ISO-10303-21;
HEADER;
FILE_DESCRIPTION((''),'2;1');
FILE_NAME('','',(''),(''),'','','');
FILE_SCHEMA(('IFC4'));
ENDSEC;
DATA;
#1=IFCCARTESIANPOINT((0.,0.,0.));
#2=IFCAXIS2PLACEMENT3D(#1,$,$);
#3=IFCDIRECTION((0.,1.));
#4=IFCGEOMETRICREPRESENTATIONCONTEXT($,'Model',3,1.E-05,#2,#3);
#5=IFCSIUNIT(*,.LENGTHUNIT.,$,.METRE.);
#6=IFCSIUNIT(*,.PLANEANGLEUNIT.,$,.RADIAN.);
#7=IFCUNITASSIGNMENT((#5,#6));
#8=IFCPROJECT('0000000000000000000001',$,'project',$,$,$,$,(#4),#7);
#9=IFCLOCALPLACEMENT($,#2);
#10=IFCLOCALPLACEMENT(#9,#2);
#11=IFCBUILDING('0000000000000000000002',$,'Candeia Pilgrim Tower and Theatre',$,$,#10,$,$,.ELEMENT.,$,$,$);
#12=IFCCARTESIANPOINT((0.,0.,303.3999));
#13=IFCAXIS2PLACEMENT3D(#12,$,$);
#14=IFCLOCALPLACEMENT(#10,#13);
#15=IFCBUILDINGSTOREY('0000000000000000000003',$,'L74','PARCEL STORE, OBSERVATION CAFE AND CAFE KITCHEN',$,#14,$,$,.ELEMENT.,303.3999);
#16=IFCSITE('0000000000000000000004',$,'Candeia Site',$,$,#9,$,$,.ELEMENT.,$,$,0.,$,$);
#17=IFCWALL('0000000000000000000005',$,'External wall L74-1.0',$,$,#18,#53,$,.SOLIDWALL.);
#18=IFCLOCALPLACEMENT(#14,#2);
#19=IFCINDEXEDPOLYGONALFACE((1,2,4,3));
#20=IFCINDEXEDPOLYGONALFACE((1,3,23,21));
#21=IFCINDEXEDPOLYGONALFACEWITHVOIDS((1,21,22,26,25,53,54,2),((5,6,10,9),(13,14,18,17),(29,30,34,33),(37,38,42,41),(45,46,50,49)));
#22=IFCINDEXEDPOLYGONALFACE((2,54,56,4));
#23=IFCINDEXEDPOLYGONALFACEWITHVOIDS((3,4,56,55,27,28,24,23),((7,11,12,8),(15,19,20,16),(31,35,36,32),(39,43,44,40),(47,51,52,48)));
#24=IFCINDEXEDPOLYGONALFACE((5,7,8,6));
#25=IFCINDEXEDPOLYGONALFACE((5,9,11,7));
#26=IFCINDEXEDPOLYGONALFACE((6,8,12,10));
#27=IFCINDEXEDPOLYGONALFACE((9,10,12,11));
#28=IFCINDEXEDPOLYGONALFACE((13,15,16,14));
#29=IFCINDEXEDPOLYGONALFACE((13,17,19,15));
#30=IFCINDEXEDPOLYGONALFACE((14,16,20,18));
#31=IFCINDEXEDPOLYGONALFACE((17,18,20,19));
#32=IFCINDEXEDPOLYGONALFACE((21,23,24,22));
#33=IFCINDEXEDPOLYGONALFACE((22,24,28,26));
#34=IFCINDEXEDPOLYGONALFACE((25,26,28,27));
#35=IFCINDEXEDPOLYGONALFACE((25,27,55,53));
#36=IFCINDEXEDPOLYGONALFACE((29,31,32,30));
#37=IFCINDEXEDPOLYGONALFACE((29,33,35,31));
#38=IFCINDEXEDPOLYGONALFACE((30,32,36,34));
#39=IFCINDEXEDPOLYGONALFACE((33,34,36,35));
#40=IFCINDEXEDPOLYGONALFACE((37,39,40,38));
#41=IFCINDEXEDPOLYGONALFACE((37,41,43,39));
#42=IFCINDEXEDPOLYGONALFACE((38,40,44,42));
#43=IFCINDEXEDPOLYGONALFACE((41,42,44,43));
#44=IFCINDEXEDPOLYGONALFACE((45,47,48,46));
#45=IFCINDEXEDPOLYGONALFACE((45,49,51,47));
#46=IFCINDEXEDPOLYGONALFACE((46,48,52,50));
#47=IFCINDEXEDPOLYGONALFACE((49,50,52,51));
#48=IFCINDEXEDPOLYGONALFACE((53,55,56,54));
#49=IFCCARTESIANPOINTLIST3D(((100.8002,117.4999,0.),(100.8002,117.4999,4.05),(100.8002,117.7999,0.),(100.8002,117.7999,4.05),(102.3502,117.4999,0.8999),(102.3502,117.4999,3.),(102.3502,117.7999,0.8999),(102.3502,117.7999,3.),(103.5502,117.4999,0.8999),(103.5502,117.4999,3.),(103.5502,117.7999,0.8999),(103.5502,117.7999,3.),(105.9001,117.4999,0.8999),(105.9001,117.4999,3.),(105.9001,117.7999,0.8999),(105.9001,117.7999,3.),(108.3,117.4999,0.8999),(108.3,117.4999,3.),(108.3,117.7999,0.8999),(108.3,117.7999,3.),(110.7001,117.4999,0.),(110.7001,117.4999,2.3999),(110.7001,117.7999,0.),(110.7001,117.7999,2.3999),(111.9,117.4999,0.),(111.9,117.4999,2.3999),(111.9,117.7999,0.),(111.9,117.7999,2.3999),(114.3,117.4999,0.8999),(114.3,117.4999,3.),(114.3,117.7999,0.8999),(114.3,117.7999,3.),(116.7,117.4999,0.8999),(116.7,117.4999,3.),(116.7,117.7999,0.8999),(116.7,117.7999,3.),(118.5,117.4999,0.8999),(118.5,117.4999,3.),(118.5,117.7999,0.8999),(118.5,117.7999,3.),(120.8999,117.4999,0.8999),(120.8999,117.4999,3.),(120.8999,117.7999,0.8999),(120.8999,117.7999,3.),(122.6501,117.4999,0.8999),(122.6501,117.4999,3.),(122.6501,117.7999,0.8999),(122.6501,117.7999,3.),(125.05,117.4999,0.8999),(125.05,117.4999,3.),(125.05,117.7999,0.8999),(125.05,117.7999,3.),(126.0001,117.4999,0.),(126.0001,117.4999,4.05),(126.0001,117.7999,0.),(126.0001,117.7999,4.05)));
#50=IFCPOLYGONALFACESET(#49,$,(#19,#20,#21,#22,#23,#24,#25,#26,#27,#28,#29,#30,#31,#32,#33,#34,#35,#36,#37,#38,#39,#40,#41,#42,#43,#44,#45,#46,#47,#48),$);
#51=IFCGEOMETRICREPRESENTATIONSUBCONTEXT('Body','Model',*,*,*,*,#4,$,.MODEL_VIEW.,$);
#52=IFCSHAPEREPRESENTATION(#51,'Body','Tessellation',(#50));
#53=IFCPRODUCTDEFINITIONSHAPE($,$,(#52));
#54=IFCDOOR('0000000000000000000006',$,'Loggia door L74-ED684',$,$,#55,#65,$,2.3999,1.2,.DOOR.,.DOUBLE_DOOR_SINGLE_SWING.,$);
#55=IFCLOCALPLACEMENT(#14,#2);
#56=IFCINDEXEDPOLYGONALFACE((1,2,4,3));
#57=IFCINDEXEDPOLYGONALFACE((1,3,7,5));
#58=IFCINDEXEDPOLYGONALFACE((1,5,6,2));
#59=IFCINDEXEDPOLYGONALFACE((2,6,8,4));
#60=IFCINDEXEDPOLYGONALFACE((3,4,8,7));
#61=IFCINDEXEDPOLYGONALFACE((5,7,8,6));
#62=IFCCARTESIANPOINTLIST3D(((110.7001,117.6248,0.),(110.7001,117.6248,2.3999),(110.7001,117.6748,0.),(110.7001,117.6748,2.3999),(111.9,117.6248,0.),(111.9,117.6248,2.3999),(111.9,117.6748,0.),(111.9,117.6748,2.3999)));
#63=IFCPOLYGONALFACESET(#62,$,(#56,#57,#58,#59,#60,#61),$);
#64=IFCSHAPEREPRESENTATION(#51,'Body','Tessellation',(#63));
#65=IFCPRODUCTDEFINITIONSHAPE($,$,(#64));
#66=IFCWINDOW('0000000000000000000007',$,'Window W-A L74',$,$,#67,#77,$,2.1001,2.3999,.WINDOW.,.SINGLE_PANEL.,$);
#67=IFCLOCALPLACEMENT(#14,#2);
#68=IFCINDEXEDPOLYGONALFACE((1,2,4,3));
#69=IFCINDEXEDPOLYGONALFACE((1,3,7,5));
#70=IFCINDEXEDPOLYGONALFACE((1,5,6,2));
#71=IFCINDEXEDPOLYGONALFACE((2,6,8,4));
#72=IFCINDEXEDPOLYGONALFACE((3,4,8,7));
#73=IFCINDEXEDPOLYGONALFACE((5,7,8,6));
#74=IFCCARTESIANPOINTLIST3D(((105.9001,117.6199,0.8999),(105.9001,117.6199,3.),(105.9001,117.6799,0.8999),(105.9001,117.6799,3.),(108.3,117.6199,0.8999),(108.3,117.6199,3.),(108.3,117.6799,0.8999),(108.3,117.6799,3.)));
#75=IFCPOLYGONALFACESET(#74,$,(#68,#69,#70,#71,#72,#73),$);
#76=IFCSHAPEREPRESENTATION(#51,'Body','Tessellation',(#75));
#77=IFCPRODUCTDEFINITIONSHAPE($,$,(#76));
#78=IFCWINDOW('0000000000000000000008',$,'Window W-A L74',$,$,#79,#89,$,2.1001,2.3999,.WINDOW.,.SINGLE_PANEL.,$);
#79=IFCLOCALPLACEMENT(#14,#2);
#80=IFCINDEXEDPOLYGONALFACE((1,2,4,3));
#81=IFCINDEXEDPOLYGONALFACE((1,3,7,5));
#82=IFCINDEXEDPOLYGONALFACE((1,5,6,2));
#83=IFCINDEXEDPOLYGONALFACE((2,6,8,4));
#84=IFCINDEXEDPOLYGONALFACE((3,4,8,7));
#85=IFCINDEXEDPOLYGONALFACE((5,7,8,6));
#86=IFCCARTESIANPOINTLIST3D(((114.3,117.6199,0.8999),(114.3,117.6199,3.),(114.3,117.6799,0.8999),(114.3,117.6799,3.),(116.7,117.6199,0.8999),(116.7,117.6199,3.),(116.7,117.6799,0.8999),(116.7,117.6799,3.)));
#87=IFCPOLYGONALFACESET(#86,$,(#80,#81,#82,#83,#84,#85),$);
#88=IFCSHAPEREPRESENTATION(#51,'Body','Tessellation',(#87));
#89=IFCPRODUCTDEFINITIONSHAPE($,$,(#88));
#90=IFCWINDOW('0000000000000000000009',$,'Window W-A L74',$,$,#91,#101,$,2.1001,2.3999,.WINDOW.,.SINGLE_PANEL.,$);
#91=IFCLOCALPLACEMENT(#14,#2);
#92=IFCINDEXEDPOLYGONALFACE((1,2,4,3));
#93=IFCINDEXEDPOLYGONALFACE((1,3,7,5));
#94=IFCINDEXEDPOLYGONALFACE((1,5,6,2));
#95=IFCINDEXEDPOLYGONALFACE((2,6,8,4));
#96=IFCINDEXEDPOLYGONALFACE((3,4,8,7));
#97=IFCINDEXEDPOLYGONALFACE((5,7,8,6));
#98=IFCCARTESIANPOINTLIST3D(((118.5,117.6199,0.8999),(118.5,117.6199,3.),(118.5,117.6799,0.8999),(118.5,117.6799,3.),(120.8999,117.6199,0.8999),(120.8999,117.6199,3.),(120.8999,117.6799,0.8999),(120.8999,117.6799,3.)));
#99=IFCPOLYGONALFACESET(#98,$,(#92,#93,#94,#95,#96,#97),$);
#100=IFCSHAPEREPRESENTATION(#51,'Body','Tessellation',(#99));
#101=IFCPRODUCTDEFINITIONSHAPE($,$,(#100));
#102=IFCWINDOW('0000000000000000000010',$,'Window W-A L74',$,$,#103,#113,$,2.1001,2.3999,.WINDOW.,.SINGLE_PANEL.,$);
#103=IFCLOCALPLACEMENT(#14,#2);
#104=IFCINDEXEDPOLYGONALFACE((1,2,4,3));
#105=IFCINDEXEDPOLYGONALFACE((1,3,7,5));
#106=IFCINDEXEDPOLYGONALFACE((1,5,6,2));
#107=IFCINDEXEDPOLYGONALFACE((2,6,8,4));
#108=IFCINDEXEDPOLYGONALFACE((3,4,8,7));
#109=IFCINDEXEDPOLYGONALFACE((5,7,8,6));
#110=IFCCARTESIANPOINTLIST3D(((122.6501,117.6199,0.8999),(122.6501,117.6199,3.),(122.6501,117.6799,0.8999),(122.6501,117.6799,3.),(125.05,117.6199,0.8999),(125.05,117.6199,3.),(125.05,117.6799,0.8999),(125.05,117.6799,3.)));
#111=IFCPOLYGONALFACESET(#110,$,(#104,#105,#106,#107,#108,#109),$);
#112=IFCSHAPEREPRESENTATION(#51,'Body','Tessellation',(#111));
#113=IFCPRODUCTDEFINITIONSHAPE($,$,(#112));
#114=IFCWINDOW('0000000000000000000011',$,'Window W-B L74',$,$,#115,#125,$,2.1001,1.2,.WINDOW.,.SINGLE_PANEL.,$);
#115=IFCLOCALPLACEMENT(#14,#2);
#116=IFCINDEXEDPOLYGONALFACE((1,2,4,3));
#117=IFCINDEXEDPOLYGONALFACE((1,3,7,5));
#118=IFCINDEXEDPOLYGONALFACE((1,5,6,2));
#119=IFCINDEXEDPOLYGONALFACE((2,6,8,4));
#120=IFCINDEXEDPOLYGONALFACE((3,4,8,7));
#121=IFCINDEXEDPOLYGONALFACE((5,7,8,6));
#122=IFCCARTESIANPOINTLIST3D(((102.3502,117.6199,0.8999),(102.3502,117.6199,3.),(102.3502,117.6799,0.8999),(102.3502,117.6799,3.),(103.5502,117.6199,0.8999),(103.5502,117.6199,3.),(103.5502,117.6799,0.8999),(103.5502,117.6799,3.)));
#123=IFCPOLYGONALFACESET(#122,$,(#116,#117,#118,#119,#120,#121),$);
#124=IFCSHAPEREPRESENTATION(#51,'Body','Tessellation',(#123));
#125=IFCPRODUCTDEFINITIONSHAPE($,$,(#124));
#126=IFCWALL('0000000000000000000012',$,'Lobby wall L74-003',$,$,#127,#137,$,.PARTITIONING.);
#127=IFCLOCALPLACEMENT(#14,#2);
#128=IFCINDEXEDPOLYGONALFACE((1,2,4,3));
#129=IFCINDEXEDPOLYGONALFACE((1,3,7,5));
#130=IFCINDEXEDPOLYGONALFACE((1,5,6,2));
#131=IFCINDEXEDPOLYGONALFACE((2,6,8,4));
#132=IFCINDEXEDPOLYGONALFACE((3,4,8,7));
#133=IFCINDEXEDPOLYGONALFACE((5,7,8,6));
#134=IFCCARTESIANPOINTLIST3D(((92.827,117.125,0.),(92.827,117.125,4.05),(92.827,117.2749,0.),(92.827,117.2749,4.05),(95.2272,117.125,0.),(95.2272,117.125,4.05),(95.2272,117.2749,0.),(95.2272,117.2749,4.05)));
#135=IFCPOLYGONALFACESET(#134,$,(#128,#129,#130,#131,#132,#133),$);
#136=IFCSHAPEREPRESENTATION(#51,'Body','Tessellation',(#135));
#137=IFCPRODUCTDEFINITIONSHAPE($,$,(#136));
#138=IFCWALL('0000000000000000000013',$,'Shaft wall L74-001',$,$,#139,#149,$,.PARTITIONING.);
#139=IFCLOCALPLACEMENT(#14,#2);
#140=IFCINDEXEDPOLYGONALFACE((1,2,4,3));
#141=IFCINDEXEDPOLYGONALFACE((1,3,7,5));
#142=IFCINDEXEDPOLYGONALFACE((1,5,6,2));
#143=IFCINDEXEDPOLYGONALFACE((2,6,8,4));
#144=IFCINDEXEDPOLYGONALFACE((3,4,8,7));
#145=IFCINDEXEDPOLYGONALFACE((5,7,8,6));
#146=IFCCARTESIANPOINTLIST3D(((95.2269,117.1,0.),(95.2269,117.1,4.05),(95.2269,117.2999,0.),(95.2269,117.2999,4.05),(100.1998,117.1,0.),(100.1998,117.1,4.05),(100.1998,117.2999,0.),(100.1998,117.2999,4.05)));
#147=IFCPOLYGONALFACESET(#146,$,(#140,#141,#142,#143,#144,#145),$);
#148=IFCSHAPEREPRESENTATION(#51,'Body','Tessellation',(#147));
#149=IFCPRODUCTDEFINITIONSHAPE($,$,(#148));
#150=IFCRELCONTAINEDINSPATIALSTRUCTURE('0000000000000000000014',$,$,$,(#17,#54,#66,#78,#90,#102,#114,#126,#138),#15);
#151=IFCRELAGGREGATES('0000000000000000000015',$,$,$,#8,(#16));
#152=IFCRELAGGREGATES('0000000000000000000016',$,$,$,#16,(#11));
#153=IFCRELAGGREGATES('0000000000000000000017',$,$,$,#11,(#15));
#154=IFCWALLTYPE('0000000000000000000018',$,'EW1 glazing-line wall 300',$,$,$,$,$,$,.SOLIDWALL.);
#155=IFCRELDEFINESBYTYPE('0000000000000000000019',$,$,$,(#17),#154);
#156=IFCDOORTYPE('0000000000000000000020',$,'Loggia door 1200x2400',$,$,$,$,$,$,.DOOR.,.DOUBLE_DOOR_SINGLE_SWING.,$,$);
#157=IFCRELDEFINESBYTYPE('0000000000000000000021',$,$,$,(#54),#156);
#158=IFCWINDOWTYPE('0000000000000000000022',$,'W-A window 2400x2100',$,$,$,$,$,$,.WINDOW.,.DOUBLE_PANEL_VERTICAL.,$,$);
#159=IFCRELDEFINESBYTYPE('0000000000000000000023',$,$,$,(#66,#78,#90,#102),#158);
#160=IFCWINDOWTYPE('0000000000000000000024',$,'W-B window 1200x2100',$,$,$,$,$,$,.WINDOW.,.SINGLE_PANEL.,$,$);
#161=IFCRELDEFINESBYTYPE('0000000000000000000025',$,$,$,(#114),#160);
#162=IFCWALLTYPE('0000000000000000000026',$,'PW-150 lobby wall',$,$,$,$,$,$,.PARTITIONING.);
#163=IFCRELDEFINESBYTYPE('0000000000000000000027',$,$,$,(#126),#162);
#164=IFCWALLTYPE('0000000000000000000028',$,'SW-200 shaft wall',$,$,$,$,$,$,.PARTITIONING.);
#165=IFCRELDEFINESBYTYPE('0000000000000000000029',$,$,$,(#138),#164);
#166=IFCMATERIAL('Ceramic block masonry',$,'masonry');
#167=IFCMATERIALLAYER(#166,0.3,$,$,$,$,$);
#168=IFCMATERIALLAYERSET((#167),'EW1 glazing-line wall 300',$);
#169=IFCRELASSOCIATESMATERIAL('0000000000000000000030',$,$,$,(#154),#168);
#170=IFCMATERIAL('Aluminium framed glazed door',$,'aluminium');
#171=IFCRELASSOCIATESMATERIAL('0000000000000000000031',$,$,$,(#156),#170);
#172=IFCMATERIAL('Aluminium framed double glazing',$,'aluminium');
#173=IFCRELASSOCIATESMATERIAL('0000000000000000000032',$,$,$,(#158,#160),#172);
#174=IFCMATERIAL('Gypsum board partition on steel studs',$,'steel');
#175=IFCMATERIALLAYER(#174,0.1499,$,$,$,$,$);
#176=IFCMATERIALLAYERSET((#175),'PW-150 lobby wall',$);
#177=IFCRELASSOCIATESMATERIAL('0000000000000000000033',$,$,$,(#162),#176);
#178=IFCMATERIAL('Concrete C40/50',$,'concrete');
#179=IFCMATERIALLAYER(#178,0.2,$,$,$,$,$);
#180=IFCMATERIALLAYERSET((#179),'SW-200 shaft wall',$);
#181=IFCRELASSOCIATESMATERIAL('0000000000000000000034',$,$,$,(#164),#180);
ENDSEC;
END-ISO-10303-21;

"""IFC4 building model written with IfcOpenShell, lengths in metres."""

from ifc_helpers import new_model, si_unit, direction, frame, frame_2d, origin, place, context, subcontext, project, spatial, rectangle, extrude, material, layer, layer_set, type_object, element, fill, save


model = new_model("IFC4")

# Units and contexts
model_context = context("Model", 3, precision=1e-05, world=origin(), true_north=direction((0.0, 1.0)))
body_context = subcontext(model_context, "Body", "Model", "MODEL_VIEW")
ifc_project = project(units=[si_unit("LENGTHUNIT", "METRE"), si_unit("PLANEANGLEUNIT", "RADIAN")], contexts=[model_context])

# Site, building, storey
site_placement = place(None, origin())
site = spatial("IfcSite", under=ifc_project, at=site_placement, Name="Candeia Site", CompositionType="ELEMENT", RefElevation=0.0)
building_placement = place(site_placement, origin())
building = spatial("IfcBuilding", under=site, at=building_placement, Name="Candeia Pilgrim Tower and Theatre", CompositionType="ELEMENT")
storey_placement = place(building_placement, frame((0.0, 0.0, 303.3999)))
storey = spatial("IfcBuildingStorey", under=building, at=storey_placement, Name="L74", Description="PARCEL STORE, OBSERVATION CAFE AND CAFE KITCHEN", CompositionType="ELEMENT", Elevation=303.3999)

# Shared definitions
ifc_material_1 = material(Name="Concrete C40/50", Category="concrete")

# Wall, openings, door, windows
ifc_material_2 = material(Name="Ceramic block masonry", Category="masonry")
ifc_layer_1 = layer(ifc_material_2, 0.3)
ifc_layer_set_1 = layer_set([ifc_layer_1], Name="EW1 glazing-line wall 300")
wall_type_1 = type_object("IfcWallType", Name="EW1 glazing-line wall 300", PredefinedType="SOLIDWALL", material=ifc_layer_set_1)
wall_1_placement = place(storey_placement, frame((100.8, 117.6499, 0.0), z_axis=(0.0, 0.0, 1.0), x_axis=(1.0, 0.0, 0.0)))
wall_1 = element("IfcWall", 1, at=wall_1_placement, inside=storey, type_object=wall_type_1, Name="External wall L74-1.0", PredefinedType="SOLIDWALL", context=body_context, shape_type="SweptSolid", body=[
    extrude(rectangle(XDim=25.2, YDim=0.3, at=frame_2d((12.6001, 0.0))), origin(), (0.0, 0.0, 1.0), 4.05),
])
opening_1_placement = place(wall_1_placement, frame((1.55, 0.0, 0.8999)))
opening_1 = element("IfcOpeningElement", 2, at=opening_1_placement, cuts=wall_1, PredefinedType="OPENING", context=body_context, shape_type="SweptSolid", body=[
    extrude(rectangle(XDim=1.2, YDim=2.1001, at=frame_2d((0.6001, 1.05))), frame((0.0, 0.1602, 0.0), z_axis=(0.0, -1.0, 0.0), x_axis=(1.0, 0.0, 0.0)), (0.0, 0.0, 1.0), 0.3201),
])
opening_2_placement = place(wall_1_placement, frame((5.1001, 0.0, 0.8999)))
opening_2 = element("IfcOpeningElement", 3, at=opening_2_placement, cuts=wall_1, PredefinedType="OPENING", context=body_context, shape_type="SweptSolid", body=[
    extrude(rectangle(XDim=2.3999, YDim=2.1001, at=frame_2d((1.2, 1.05))), frame((0.0, 0.1602, 0.0), z_axis=(0.0, -1.0, 0.0), x_axis=(1.0, 0.0, 0.0)), (0.0, 0.0, 1.0), 0.3201),
])
opening_3_placement = place(wall_1_placement, frame((9.8999, 0.0, 0.0)))
opening_3 = element("IfcOpeningElement", 4, at=opening_3_placement, cuts=wall_1, PredefinedType="OPENING", context=body_context, shape_type="SweptSolid", body=[
    extrude(rectangle(XDim=1.2, YDim=2.3999, at=frame_2d((0.6001, 1.2))), frame((0.0, 0.1602, 0.0), z_axis=(0.0, -1.0, 0.0), x_axis=(1.0, 0.0, 0.0)), (0.0, 0.0, 1.0), 0.3201),
])
opening_4_placement = place(wall_1_placement, frame((13.5, 0.0, 0.8999)))
opening_4 = element("IfcOpeningElement", 5, at=opening_4_placement, cuts=wall_1, PredefinedType="OPENING", context=body_context, shape_type="SweptSolid", body=[
    extrude(rectangle(XDim=2.3999, YDim=2.1001, at=frame_2d((1.2, 1.05))), frame((0.0, 0.1602, 0.0), z_axis=(0.0, -1.0, 0.0), x_axis=(1.0, 0.0, 0.0)), (0.0, 0.0, 1.0), 0.3201),
])
opening_5_placement = place(wall_1_placement, frame((17.7, 0.0, 0.8999)))
opening_5 = element("IfcOpeningElement", 6, at=opening_5_placement, cuts=wall_1, PredefinedType="OPENING", context=body_context, shape_type="SweptSolid", body=[
    extrude(rectangle(XDim=2.3999, YDim=2.1001, at=frame_2d((1.2, 1.05))), frame((0.0, 0.1602, 0.0), z_axis=(0.0, -1.0, 0.0), x_axis=(1.0, 0.0, 0.0)), (0.0, 0.0, 1.0), 0.3201),
])
opening_6_placement = place(wall_1_placement, frame((21.8501, 0.0, 0.8999)))
opening_6 = element("IfcOpeningElement", 7, at=opening_6_placement, cuts=wall_1, PredefinedType="OPENING", context=body_context, shape_type="SweptSolid", body=[
    extrude(rectangle(XDim=2.3999, YDim=2.1001, at=frame_2d((1.2, 1.05))), frame((0.0, 0.1602, 0.0), z_axis=(0.0, -1.0, 0.0), x_axis=(1.0, 0.0, 0.0)), (0.0, 0.0, 1.0), 0.3201),
])
ifc_material_3 = material(Name="Aluminium framed glazed door", Category="aluminium")
door_type_1 = type_object("IfcDoorType", Name="Loggia door 1200x2400", OperationType="DOUBLE_DOOR_SINGLE_SWING", PredefinedType="DOOR", material=ifc_material_3)
door_1_placement = place(opening_3_placement, origin())
door_1 = element("IfcDoor", 8, at=door_1_placement, inside=storey, type_object=door_type_1, Name="Loggia door L74-ED684", OperationType="DOUBLE_DOOR_SINGLE_SWING", OverallHeight=2.3999, OverallWidth=1.2, PredefinedType="DOOR", context=body_context, shape_type="SweptSolid", body=[
    extrude(rectangle(XDim=1.2, YDim=2.3999, at=frame_2d((0.6001, 1.2))), frame((0.0, 0.0249, 0.0), z_axis=(0.0, -1.0, 0.0), x_axis=(1.0, 0.0, 0.0)), (0.0, 0.0, 1.0), 0.05),
])
fill(opening_3, door_1)
ifc_material_4 = material(Name="Aluminium framed double glazing", Category="aluminium")
window_type_1 = type_object("IfcWindowType", Name="W-A window 2400x2100", PartitioningType="DOUBLE_PANEL_VERTICAL", PredefinedType="WINDOW", material=ifc_material_4)
window_1_placement = place(opening_2_placement, origin())
window_1 = element("IfcWindow", 9, at=window_1_placement, inside=storey, type_object=window_type_1, Name="Window W-A L74", OverallHeight=2.1001, OverallWidth=2.3999, PartitioningType="SINGLE_PANEL", PredefinedType="WINDOW", context=body_context, shape_type="SweptSolid", body=[
    extrude(rectangle(XDim=2.3999, YDim=2.1001, at=frame_2d((1.2, 1.05))), frame((0.0, 0.03, 0.0), z_axis=(0.0, -1.0, 0.0), x_axis=(1.0, 0.0, 0.0)), (0.0, 0.0, 1.0), 0.0601),
])
fill(opening_2, window_1)
window_2_placement = place(opening_4_placement, origin())
window_2 = element("IfcWindow", 10, at=window_2_placement, inside=storey, type_object=window_type_1, Name="Window W-A L74", OverallHeight=2.1001, OverallWidth=2.3999, PartitioningType="SINGLE_PANEL", PredefinedType="WINDOW", context=body_context, shape_type="SweptSolid", body=[
    extrude(rectangle(XDim=2.3999, YDim=2.1001, at=frame_2d((1.2, 1.05))), frame((0.0, 0.03, 0.0), z_axis=(0.0, -1.0, 0.0), x_axis=(1.0, 0.0, 0.0)), (0.0, 0.0, 1.0), 0.0601),
])
fill(opening_4, window_2)
window_3_placement = place(opening_5_placement, origin())
window_3 = element("IfcWindow", 11, at=window_3_placement, inside=storey, type_object=window_type_1, Name="Window W-A L74", OverallHeight=2.1001, OverallWidth=2.3999, PartitioningType="SINGLE_PANEL", PredefinedType="WINDOW", context=body_context, shape_type="SweptSolid", body=[
    extrude(rectangle(XDim=2.3999, YDim=2.1001, at=frame_2d((1.2, 1.05))), frame((0.0, 0.03, 0.0), z_axis=(0.0, -1.0, 0.0), x_axis=(1.0, 0.0, 0.0)), (0.0, 0.0, 1.0), 0.0601),
])
fill(opening_5, window_3)
window_4_placement = place(opening_6_placement, origin())
window_4 = element("IfcWindow", 12, at=window_4_placement, inside=storey, type_object=window_type_1, Name="Window W-A L74", OverallHeight=2.1001, OverallWidth=2.3999, PartitioningType="SINGLE_PANEL", PredefinedType="WINDOW", context=body_context, shape_type="SweptSolid", body=[
    extrude(rectangle(XDim=2.3999, YDim=2.1001, at=frame_2d((1.2, 1.05))), frame((0.0, 0.03, 0.0), z_axis=(0.0, -1.0, 0.0), x_axis=(1.0, 0.0, 0.0)), (0.0, 0.0, 1.0), 0.0601),
])
fill(opening_6, window_4)
window_type_2 = type_object("IfcWindowType", Name="W-B window 1200x2100", PartitioningType="SINGLE_PANEL", PredefinedType="WINDOW", material=ifc_material_4)
window_5_placement = place(opening_1_placement, origin())
window_5 = element("IfcWindow", 13, at=window_5_placement, inside=storey, type_object=window_type_2, Name="Window W-B L74", OverallHeight=2.1001, OverallWidth=1.2, PartitioningType="SINGLE_PANEL", PredefinedType="WINDOW", context=body_context, shape_type="SweptSolid", body=[
    extrude(rectangle(XDim=1.2, YDim=2.1001, at=frame_2d((0.6001, 1.05))), frame((0.0, 0.03, 0.0), z_axis=(0.0, -1.0, 0.0), x_axis=(1.0, 0.0, 0.0)), (0.0, 0.0, 1.0), 0.0601),
])
fill(opening_1, window_5)

# Walls
ifc_material_5 = material(Name="Gypsum board partition on steel studs", Category="steel")
ifc_layer_2 = layer(ifc_material_5, 0.1499)
ifc_layer_set_2 = layer_set([ifc_layer_2], Name="PW-150 lobby wall")
wall_type_2 = type_object("IfcWallType", Name="PW-150 lobby wall", PredefinedType="PARTITIONING", material=ifc_layer_set_2)
wall_2_placement = place(storey_placement, frame((92.8269, 117.2, 0.0), z_axis=(0.0, 0.0, 1.0), x_axis=(1.0, 0.0, 0.0)))
element("IfcWall", 14, at=wall_2_placement, inside=storey, type_object=wall_type_2, Name="Lobby wall L74-003", PredefinedType="PARTITIONING", context=body_context, shape_type="SweptSolid", body=[
    extrude(rectangle(XDim=2.4001, YDim=0.1499, at=frame_2d((1.2002, 0.0))), origin(), (0.0, 0.0, 1.0), 4.05),
])
ifc_layer_3 = layer(ifc_material_1, 0.2)
ifc_layer_set_3 = layer_set([ifc_layer_3], Name="SW-200 shaft wall")
wall_type_3 = type_object("IfcWallType", Name="SW-200 shaft wall", PredefinedType="PARTITIONING", material=ifc_layer_set_3)
wall_3_placement = place(storey_placement, frame((95.2271, 117.2, 0.0), z_axis=(0.0, 0.0, 1.0), x_axis=(1.0, 0.0, 0.0)))
element("IfcWall", 15, at=wall_3_placement, inside=storey, type_object=wall_type_3, Name="Shaft wall L74-001", PredefinedType="PARTITIONING", context=body_context, shape_type="SweptSolid", body=[
    extrude(rectangle(XDim=4.9729, YDim=0.2, at=frame_2d((2.4863, 0.0))), origin(), (0.0, 0.0, 1.0), 4.05),
])

save(model, "model.ifc")
